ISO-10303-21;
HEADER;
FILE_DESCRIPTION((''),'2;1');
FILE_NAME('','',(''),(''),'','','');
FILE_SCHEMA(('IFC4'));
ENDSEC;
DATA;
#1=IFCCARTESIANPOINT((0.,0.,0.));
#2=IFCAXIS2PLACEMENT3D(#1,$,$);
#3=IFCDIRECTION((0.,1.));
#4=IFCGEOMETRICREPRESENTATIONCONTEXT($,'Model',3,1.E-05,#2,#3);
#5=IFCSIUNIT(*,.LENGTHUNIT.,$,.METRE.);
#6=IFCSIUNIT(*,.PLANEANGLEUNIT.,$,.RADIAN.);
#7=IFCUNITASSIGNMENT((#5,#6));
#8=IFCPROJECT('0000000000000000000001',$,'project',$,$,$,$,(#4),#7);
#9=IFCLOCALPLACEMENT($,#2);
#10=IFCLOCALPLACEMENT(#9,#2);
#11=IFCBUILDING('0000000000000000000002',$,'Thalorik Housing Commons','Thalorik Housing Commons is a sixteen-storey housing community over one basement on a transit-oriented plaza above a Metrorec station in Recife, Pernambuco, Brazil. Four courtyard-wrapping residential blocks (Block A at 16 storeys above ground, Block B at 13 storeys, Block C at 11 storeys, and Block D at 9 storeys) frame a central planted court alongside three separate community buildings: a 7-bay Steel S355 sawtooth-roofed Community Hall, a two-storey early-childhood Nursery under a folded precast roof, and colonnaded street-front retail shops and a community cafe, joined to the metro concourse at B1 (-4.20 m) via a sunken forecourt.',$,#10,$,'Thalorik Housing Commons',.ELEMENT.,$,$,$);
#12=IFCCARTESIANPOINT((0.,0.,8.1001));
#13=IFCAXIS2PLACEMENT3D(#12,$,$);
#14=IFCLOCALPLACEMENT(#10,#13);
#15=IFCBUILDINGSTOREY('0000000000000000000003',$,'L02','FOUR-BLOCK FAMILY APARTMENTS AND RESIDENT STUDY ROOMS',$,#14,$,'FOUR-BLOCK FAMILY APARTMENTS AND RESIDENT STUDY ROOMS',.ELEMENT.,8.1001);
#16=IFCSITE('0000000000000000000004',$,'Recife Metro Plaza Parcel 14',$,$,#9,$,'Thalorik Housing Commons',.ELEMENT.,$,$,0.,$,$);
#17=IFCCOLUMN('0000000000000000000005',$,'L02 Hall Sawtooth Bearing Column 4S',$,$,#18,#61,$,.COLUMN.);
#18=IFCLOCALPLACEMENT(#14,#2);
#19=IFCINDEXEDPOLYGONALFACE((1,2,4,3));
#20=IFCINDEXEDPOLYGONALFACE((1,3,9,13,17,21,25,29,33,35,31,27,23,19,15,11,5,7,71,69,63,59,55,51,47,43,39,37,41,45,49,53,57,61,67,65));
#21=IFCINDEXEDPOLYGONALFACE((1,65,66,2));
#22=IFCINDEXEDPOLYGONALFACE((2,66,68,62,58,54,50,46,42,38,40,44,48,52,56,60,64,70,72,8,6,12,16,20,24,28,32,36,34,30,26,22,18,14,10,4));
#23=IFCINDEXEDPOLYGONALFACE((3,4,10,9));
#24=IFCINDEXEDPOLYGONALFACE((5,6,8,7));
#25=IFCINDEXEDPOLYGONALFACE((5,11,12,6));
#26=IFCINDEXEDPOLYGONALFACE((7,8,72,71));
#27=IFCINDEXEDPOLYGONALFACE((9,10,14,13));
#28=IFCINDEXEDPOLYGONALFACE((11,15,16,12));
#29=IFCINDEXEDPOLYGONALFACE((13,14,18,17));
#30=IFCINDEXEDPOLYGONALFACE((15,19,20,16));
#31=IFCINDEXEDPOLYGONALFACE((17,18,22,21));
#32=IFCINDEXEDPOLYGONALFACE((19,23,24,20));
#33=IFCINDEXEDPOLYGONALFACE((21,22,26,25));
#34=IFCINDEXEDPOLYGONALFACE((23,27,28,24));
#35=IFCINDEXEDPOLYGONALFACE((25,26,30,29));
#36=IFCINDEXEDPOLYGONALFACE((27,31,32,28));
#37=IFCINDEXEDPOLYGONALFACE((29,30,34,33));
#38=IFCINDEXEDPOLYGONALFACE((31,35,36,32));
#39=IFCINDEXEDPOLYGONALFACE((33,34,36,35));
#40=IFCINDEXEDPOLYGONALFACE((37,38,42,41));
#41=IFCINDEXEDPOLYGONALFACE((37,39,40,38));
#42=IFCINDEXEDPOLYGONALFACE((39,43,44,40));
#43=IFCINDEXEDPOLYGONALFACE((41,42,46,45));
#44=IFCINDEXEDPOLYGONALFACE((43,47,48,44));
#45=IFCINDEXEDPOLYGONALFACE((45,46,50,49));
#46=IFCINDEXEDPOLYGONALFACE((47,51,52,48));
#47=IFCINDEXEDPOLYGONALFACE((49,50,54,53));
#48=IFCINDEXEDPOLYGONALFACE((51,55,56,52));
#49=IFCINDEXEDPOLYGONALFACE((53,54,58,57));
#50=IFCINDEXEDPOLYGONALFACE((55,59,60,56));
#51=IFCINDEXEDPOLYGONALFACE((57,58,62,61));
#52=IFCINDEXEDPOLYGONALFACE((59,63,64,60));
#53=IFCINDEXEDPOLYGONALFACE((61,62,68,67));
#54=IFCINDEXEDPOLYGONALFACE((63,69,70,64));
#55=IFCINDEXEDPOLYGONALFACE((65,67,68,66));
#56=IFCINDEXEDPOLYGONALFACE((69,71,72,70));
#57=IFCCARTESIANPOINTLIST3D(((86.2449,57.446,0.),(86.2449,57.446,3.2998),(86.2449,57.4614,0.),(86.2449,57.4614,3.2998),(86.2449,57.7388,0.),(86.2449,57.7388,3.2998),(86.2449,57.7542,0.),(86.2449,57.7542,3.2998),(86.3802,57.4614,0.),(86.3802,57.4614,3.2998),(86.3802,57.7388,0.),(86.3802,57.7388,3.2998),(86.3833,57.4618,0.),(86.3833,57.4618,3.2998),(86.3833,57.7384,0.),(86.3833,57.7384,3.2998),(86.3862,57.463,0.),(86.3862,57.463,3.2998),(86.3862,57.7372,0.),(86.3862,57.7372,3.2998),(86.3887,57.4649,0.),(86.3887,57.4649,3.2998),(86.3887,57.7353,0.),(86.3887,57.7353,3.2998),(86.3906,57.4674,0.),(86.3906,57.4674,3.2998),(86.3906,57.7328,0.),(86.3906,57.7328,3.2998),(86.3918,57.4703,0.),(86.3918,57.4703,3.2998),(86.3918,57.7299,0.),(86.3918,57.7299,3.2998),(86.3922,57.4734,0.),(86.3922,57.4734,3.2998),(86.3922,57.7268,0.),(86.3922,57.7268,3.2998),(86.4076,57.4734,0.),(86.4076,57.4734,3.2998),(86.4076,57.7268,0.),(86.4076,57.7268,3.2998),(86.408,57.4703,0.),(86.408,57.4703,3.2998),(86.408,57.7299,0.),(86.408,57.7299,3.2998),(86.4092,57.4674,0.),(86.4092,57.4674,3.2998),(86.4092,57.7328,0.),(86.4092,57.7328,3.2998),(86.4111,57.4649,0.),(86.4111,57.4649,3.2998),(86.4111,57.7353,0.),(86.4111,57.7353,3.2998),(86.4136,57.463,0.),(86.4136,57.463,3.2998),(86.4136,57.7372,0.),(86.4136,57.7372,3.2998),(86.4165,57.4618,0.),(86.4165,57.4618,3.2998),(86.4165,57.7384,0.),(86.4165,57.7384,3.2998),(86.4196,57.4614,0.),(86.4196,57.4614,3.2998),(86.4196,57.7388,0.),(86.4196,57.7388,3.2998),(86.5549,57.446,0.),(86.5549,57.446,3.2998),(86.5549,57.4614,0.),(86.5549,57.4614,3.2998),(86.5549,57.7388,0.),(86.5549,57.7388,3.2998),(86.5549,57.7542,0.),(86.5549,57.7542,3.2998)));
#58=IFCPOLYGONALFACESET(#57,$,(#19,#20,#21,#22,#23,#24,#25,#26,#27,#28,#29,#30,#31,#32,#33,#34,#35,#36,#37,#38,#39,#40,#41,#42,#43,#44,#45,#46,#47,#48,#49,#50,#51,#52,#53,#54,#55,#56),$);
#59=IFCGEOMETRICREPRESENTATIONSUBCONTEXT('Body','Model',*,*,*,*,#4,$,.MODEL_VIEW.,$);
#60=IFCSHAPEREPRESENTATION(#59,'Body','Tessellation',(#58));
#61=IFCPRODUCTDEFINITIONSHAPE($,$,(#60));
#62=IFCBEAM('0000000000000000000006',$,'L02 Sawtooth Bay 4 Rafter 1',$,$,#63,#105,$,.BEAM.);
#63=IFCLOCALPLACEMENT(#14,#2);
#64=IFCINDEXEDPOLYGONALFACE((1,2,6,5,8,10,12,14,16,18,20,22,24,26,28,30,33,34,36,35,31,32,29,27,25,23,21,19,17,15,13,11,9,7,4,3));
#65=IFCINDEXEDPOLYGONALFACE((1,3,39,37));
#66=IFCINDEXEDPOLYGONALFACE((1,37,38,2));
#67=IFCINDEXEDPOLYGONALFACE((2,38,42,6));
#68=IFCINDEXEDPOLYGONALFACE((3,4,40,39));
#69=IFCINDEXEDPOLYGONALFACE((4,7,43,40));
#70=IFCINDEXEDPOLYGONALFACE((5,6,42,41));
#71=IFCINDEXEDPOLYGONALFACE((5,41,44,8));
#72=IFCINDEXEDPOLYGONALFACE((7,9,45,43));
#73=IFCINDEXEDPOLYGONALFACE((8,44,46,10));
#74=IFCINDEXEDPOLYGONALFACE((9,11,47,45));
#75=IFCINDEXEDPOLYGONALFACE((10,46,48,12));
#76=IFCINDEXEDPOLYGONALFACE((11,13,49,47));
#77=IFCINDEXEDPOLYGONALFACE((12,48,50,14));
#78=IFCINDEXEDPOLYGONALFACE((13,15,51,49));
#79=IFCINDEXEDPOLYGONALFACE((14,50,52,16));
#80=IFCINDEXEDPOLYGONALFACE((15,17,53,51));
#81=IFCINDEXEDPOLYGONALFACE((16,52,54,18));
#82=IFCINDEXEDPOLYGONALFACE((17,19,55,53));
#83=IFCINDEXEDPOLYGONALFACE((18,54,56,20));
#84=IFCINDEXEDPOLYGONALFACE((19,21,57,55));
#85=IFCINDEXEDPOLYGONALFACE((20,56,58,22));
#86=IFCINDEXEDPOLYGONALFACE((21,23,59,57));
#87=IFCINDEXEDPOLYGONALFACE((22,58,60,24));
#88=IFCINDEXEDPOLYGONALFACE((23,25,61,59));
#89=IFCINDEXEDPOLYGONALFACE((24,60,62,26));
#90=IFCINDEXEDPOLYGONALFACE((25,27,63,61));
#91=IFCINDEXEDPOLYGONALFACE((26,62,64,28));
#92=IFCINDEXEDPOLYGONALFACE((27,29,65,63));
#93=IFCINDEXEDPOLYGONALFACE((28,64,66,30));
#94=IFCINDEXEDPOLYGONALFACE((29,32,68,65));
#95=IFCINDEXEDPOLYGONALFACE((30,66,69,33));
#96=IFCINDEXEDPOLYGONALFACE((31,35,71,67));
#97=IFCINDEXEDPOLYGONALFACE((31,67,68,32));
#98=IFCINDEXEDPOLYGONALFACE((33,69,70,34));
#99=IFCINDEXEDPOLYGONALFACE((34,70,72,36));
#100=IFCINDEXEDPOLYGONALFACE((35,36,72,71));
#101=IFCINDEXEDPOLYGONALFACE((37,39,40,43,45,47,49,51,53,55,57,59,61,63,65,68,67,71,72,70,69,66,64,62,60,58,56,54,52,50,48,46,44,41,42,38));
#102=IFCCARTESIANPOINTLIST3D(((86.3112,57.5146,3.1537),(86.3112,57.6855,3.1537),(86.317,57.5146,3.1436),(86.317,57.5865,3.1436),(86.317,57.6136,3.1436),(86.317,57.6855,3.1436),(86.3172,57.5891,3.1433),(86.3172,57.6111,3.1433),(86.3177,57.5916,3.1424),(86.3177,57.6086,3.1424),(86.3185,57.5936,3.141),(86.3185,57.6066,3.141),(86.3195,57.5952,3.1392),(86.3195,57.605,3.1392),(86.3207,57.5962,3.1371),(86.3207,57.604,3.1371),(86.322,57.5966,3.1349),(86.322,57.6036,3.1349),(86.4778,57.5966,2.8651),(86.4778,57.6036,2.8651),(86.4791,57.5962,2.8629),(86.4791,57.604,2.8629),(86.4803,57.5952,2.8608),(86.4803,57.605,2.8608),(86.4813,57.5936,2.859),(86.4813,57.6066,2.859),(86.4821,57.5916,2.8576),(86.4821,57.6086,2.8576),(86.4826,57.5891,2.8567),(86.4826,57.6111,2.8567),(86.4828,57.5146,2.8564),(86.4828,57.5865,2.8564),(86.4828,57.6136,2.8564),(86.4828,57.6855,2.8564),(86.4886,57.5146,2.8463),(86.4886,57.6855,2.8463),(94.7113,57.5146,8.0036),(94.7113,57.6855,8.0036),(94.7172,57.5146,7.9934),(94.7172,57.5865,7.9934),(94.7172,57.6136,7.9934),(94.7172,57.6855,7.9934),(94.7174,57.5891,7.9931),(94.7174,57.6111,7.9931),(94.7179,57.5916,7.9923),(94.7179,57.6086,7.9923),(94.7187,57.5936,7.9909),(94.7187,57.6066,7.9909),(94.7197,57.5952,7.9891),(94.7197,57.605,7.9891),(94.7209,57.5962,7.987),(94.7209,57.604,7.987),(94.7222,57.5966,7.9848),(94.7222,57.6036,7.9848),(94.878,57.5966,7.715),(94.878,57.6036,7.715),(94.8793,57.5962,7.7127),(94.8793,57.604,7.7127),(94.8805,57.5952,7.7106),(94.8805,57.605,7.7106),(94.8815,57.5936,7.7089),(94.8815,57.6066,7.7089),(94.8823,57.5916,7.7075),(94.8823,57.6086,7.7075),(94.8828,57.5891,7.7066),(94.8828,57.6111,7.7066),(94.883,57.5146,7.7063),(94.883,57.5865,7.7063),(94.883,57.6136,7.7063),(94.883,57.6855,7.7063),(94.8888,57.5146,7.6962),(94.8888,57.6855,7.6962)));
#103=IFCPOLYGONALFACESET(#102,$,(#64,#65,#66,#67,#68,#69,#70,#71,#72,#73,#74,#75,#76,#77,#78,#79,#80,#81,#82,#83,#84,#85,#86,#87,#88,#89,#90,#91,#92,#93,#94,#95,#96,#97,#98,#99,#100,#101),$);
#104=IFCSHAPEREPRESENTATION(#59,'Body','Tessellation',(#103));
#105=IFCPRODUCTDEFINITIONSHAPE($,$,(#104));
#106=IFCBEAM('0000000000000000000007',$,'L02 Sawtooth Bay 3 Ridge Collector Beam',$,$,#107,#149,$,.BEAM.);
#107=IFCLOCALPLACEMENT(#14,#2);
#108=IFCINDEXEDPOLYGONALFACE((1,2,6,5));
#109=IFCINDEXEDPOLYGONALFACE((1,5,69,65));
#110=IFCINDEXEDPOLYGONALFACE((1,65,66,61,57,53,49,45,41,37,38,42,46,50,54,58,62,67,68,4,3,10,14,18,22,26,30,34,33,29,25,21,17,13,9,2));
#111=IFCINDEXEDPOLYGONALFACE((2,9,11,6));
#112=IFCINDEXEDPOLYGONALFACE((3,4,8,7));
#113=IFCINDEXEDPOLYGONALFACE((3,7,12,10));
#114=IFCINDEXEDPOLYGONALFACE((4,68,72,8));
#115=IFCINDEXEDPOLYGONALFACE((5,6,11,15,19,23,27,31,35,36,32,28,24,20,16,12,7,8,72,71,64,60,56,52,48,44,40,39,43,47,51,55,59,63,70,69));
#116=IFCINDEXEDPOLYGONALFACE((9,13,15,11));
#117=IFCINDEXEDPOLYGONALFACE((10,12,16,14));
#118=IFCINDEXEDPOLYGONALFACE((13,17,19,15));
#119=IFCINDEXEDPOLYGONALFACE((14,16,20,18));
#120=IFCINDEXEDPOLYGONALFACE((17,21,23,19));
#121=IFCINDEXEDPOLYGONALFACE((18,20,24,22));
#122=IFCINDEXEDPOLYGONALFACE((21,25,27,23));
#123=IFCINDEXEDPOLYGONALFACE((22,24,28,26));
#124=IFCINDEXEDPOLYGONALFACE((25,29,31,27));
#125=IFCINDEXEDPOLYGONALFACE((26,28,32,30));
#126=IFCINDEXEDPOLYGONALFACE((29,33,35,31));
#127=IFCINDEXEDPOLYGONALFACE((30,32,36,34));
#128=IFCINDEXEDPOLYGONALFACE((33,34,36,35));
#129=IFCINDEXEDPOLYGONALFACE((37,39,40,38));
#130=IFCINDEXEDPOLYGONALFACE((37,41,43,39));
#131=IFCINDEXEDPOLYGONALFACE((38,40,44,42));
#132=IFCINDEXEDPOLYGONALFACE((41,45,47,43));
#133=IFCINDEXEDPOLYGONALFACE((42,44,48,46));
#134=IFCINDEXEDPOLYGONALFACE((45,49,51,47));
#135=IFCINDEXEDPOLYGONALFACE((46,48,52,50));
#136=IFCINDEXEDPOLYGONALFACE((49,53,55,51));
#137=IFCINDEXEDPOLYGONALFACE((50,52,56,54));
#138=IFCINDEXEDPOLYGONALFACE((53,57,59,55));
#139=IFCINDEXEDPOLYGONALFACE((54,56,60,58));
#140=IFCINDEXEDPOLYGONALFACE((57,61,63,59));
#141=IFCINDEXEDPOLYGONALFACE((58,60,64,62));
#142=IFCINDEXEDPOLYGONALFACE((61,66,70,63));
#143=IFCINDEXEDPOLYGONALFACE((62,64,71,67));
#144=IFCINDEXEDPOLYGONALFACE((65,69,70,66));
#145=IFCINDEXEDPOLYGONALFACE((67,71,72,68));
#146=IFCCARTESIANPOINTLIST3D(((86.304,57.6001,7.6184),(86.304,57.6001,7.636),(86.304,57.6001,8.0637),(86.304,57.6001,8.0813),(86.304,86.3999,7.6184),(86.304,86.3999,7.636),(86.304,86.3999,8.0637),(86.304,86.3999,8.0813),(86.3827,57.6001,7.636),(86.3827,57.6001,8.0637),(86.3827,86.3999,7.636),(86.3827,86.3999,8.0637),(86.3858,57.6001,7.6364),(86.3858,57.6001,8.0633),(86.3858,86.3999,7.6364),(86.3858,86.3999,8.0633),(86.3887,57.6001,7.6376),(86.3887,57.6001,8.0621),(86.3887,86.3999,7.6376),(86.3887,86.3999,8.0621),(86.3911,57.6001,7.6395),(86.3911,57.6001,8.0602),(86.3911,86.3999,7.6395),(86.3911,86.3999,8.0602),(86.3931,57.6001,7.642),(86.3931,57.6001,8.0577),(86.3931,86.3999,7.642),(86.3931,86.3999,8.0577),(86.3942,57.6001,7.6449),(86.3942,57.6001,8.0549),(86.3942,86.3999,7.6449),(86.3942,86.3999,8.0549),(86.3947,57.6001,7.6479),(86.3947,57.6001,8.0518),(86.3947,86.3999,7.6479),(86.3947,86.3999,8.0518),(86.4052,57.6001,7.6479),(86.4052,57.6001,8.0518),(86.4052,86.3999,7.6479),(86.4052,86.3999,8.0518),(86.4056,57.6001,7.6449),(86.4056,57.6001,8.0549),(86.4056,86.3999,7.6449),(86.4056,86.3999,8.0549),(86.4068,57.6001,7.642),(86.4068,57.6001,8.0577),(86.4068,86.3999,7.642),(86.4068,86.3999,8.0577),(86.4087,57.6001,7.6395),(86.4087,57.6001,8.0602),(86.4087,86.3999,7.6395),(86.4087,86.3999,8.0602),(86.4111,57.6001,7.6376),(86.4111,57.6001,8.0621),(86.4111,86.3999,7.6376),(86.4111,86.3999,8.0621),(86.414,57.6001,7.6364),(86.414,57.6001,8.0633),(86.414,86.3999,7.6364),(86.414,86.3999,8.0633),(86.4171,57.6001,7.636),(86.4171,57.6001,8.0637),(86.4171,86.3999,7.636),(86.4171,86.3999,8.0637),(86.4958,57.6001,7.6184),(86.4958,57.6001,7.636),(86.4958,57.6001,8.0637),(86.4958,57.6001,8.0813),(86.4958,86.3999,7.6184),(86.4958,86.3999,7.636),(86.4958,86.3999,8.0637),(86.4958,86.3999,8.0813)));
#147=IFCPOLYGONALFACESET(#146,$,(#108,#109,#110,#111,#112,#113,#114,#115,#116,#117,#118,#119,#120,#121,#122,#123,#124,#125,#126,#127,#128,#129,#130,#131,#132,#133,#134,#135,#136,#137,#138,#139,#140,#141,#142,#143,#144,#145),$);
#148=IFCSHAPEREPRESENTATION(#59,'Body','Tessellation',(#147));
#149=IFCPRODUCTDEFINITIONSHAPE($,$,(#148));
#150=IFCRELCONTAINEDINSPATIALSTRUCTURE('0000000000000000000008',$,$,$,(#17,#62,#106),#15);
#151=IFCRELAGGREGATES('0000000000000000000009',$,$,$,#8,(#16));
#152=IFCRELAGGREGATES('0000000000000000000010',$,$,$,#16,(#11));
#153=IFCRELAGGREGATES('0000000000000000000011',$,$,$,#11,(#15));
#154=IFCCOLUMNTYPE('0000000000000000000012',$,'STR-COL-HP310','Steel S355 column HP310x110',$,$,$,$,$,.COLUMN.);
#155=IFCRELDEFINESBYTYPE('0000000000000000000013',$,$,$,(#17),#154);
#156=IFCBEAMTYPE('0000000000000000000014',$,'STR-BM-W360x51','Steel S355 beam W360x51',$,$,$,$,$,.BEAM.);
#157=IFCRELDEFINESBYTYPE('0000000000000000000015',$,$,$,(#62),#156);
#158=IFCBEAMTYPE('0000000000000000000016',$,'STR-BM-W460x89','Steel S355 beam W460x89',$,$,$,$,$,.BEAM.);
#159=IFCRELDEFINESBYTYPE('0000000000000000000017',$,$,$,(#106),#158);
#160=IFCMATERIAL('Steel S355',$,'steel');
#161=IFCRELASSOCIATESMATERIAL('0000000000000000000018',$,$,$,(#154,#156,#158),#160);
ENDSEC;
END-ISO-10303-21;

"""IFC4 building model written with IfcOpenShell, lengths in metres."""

from ifc_helpers import new_model, si_unit, direction, frame, origin, origin_2d, place, context, subcontext, project, spatial, i_section, extrude, material, material_profile, profile_set, type_object, element, save


model = new_model("IFC4")

# Units and contexts
model_context = context("Model", 3, precision=1e-05, world=origin(), true_north=direction((0.0, 1.0)))
body_context = subcontext(model_context, "Body", "Model", "MODEL_VIEW")
ifc_project = project(units=[si_unit("LENGTHUNIT", "METRE"), si_unit("PLANEANGLEUNIT", "RADIAN")], contexts=[model_context])

# Site, building, storey
site_placement = place(None, origin())
site = spatial("IfcSite", under=ifc_project, at=site_placement, Name="Recife Metro Plaza Parcel 14", LongName="Thalorik Housing Commons", CompositionType="ELEMENT", RefElevation=0.0)
building_placement = place(site_placement, origin())
building = spatial("IfcBuilding", under=site, at=building_placement, Name="Thalorik Housing Commons", Description="Thalorik Housing Commons is a sixteen-storey housing community over one basement on a transit-oriented plaza above a Metrorec station in Recife, Pernambuco, Brazil. Four courtyard-wrapping residential blocks (Block A at 16 storeys above ground, Block B at 13 storeys, Block C at 11 storeys, and Block D at 9 storeys) frame a central planted court alongside three separate community buildings: a 7-bay Steel S355 sawtooth-roofed Community Hall, a two-storey early-childhood Nursery under a folded precast roof, and colonnaded street-front retail shops and a community cafe, joined to the metro concourse at B1 (-4.20 m) via a sunken forecourt.", LongName="Thalorik Housing Commons", CompositionType="ELEMENT")
storey_placement = place(building_placement, frame((0.0, 0.0, 8.1001)))
storey = spatial("IfcBuildingStorey", under=building, at=storey_placement, Name="L02", Description="FOUR-BLOCK FAMILY APARTMENTS AND RESIDENT STUDY ROOMS", LongName="FOUR-BLOCK FAMILY APARTMENTS AND RESIDENT STUDY ROOMS", CompositionType="ELEMENT", Elevation=8.1001)

# Column
ifc_material_1 = material(Name="Steel S355", Category="steel")
ifc_material_profile_1 = material_profile(ifc_material_1, i_section(OverallWidth=0.3101, OverallDepth=0.3081, WebThickness=0.0154, FlangeThickness=0.0154, FilletRadius=0.012, at=origin_2d()), Name="HP310x110", Category="steel")
ifc_profile_set_1 = profile_set([ifc_material_profile_1], Name="Steel S355")
column_type = type_object("IfcColumnType", Name="STR-COL-HP310", Description="Steel S355 column HP310x110", PredefinedType="COLUMN", material=ifc_profile_set_1)
column_placement = place(storey_placement, frame((86.3999, 57.6001, 0.0), z_axis=(0.0, 0.0, 1.0), x_axis=(1.0, 0.0, 0.0)))
element("IfcColumn", 1, at=column_placement, inside=storey, type_object=column_type, Name="L02 Hall Sawtooth Bearing Column 4S", PredefinedType="COLUMN", context=body_context, shape_type="SweptSolid", body=[
    extrude(i_section(OverallWidth=0.3101, OverallDepth=0.3081, WebThickness=0.0154, FlangeThickness=0.0154, FilletRadius=0.012, at=origin_2d()), origin(), (0.0, 0.0, 1.0), 3.2998),
])

# Beams
ifc_material_profile_2 = material_profile(ifc_material_1, i_section(OverallWidth=0.1709, OverallDepth=0.355, WebThickness=0.0071, FlangeThickness=0.0117, FilletRadius=0.01, at=origin_2d()), Name="W360x51", Category="steel")
ifc_profile_set_2 = profile_set([ifc_material_profile_2], Name="Steel S355")
beam_type_1 = type_object("IfcBeamType", Name="STR-BM-W360x51", Description="Steel S355 beam W360x51", PredefinedType="BEAM", material=ifc_profile_set_2)
beam_1_placement = place(storey_placement, frame((86.3999, 57.6001, 3.0), z_axis=(0.866024, 0.0, 0.500002), x_axis=(0.0, 1.0, 0.0)))
element("IfcBeam", 2, at=beam_1_placement, inside=storey, type_object=beam_type_1, Name="L02 Sawtooth Bay 4 Rafter 1", PredefinedType="BEAM", context=body_context, shape_type="SweptSolid", body=[
    extrude(i_section(OverallWidth=0.1709, OverallDepth=0.355, WebThickness=0.0071, FlangeThickness=0.0117, FilletRadius=0.01, at=origin_2d()), origin(), (0.0, 0.0, 1.0), 9.6997),
])
ifc_material_profile_3 = material_profile(ifc_material_1, i_section(OverallWidth=0.1919, OverallDepth=0.4629, WebThickness=0.0105, FlangeThickness=0.0176, FilletRadius=0.012, at=origin_2d()), Name="W460x89", Category="steel")
ifc_profile_set_3 = profile_set([ifc_material_profile_3], Name="Steel S355")
beam_type_2 = type_object("IfcBeamType", Name="STR-BM-W460x89", Description="Steel S355 beam W460x89", PredefinedType="BEAM", material=ifc_profile_set_3)
beam_2_placement = place(storey_placement, frame((86.3999, 57.6001, 7.8499), z_axis=(0.0, 1.0, 0.0), x_axis=(-1.0, 0.0, 0.0)))
element("IfcBeam", 3, at=beam_2_placement, inside=storey, type_object=beam_type_2, Name="L02 Sawtooth Bay 3 Ridge Collector Beam", PredefinedType="BEAM", context=body_context, shape_type="SweptSolid", body=[
    extrude(i_section(OverallWidth=0.1919, OverallDepth=0.4629, WebThickness=0.0105, FlangeThickness=0.0176, FilletRadius=0.012, at=origin_2d()), origin(), (0.0, 0.0, 1.0), 28.7998),
])

save(model, "model.ifc")
